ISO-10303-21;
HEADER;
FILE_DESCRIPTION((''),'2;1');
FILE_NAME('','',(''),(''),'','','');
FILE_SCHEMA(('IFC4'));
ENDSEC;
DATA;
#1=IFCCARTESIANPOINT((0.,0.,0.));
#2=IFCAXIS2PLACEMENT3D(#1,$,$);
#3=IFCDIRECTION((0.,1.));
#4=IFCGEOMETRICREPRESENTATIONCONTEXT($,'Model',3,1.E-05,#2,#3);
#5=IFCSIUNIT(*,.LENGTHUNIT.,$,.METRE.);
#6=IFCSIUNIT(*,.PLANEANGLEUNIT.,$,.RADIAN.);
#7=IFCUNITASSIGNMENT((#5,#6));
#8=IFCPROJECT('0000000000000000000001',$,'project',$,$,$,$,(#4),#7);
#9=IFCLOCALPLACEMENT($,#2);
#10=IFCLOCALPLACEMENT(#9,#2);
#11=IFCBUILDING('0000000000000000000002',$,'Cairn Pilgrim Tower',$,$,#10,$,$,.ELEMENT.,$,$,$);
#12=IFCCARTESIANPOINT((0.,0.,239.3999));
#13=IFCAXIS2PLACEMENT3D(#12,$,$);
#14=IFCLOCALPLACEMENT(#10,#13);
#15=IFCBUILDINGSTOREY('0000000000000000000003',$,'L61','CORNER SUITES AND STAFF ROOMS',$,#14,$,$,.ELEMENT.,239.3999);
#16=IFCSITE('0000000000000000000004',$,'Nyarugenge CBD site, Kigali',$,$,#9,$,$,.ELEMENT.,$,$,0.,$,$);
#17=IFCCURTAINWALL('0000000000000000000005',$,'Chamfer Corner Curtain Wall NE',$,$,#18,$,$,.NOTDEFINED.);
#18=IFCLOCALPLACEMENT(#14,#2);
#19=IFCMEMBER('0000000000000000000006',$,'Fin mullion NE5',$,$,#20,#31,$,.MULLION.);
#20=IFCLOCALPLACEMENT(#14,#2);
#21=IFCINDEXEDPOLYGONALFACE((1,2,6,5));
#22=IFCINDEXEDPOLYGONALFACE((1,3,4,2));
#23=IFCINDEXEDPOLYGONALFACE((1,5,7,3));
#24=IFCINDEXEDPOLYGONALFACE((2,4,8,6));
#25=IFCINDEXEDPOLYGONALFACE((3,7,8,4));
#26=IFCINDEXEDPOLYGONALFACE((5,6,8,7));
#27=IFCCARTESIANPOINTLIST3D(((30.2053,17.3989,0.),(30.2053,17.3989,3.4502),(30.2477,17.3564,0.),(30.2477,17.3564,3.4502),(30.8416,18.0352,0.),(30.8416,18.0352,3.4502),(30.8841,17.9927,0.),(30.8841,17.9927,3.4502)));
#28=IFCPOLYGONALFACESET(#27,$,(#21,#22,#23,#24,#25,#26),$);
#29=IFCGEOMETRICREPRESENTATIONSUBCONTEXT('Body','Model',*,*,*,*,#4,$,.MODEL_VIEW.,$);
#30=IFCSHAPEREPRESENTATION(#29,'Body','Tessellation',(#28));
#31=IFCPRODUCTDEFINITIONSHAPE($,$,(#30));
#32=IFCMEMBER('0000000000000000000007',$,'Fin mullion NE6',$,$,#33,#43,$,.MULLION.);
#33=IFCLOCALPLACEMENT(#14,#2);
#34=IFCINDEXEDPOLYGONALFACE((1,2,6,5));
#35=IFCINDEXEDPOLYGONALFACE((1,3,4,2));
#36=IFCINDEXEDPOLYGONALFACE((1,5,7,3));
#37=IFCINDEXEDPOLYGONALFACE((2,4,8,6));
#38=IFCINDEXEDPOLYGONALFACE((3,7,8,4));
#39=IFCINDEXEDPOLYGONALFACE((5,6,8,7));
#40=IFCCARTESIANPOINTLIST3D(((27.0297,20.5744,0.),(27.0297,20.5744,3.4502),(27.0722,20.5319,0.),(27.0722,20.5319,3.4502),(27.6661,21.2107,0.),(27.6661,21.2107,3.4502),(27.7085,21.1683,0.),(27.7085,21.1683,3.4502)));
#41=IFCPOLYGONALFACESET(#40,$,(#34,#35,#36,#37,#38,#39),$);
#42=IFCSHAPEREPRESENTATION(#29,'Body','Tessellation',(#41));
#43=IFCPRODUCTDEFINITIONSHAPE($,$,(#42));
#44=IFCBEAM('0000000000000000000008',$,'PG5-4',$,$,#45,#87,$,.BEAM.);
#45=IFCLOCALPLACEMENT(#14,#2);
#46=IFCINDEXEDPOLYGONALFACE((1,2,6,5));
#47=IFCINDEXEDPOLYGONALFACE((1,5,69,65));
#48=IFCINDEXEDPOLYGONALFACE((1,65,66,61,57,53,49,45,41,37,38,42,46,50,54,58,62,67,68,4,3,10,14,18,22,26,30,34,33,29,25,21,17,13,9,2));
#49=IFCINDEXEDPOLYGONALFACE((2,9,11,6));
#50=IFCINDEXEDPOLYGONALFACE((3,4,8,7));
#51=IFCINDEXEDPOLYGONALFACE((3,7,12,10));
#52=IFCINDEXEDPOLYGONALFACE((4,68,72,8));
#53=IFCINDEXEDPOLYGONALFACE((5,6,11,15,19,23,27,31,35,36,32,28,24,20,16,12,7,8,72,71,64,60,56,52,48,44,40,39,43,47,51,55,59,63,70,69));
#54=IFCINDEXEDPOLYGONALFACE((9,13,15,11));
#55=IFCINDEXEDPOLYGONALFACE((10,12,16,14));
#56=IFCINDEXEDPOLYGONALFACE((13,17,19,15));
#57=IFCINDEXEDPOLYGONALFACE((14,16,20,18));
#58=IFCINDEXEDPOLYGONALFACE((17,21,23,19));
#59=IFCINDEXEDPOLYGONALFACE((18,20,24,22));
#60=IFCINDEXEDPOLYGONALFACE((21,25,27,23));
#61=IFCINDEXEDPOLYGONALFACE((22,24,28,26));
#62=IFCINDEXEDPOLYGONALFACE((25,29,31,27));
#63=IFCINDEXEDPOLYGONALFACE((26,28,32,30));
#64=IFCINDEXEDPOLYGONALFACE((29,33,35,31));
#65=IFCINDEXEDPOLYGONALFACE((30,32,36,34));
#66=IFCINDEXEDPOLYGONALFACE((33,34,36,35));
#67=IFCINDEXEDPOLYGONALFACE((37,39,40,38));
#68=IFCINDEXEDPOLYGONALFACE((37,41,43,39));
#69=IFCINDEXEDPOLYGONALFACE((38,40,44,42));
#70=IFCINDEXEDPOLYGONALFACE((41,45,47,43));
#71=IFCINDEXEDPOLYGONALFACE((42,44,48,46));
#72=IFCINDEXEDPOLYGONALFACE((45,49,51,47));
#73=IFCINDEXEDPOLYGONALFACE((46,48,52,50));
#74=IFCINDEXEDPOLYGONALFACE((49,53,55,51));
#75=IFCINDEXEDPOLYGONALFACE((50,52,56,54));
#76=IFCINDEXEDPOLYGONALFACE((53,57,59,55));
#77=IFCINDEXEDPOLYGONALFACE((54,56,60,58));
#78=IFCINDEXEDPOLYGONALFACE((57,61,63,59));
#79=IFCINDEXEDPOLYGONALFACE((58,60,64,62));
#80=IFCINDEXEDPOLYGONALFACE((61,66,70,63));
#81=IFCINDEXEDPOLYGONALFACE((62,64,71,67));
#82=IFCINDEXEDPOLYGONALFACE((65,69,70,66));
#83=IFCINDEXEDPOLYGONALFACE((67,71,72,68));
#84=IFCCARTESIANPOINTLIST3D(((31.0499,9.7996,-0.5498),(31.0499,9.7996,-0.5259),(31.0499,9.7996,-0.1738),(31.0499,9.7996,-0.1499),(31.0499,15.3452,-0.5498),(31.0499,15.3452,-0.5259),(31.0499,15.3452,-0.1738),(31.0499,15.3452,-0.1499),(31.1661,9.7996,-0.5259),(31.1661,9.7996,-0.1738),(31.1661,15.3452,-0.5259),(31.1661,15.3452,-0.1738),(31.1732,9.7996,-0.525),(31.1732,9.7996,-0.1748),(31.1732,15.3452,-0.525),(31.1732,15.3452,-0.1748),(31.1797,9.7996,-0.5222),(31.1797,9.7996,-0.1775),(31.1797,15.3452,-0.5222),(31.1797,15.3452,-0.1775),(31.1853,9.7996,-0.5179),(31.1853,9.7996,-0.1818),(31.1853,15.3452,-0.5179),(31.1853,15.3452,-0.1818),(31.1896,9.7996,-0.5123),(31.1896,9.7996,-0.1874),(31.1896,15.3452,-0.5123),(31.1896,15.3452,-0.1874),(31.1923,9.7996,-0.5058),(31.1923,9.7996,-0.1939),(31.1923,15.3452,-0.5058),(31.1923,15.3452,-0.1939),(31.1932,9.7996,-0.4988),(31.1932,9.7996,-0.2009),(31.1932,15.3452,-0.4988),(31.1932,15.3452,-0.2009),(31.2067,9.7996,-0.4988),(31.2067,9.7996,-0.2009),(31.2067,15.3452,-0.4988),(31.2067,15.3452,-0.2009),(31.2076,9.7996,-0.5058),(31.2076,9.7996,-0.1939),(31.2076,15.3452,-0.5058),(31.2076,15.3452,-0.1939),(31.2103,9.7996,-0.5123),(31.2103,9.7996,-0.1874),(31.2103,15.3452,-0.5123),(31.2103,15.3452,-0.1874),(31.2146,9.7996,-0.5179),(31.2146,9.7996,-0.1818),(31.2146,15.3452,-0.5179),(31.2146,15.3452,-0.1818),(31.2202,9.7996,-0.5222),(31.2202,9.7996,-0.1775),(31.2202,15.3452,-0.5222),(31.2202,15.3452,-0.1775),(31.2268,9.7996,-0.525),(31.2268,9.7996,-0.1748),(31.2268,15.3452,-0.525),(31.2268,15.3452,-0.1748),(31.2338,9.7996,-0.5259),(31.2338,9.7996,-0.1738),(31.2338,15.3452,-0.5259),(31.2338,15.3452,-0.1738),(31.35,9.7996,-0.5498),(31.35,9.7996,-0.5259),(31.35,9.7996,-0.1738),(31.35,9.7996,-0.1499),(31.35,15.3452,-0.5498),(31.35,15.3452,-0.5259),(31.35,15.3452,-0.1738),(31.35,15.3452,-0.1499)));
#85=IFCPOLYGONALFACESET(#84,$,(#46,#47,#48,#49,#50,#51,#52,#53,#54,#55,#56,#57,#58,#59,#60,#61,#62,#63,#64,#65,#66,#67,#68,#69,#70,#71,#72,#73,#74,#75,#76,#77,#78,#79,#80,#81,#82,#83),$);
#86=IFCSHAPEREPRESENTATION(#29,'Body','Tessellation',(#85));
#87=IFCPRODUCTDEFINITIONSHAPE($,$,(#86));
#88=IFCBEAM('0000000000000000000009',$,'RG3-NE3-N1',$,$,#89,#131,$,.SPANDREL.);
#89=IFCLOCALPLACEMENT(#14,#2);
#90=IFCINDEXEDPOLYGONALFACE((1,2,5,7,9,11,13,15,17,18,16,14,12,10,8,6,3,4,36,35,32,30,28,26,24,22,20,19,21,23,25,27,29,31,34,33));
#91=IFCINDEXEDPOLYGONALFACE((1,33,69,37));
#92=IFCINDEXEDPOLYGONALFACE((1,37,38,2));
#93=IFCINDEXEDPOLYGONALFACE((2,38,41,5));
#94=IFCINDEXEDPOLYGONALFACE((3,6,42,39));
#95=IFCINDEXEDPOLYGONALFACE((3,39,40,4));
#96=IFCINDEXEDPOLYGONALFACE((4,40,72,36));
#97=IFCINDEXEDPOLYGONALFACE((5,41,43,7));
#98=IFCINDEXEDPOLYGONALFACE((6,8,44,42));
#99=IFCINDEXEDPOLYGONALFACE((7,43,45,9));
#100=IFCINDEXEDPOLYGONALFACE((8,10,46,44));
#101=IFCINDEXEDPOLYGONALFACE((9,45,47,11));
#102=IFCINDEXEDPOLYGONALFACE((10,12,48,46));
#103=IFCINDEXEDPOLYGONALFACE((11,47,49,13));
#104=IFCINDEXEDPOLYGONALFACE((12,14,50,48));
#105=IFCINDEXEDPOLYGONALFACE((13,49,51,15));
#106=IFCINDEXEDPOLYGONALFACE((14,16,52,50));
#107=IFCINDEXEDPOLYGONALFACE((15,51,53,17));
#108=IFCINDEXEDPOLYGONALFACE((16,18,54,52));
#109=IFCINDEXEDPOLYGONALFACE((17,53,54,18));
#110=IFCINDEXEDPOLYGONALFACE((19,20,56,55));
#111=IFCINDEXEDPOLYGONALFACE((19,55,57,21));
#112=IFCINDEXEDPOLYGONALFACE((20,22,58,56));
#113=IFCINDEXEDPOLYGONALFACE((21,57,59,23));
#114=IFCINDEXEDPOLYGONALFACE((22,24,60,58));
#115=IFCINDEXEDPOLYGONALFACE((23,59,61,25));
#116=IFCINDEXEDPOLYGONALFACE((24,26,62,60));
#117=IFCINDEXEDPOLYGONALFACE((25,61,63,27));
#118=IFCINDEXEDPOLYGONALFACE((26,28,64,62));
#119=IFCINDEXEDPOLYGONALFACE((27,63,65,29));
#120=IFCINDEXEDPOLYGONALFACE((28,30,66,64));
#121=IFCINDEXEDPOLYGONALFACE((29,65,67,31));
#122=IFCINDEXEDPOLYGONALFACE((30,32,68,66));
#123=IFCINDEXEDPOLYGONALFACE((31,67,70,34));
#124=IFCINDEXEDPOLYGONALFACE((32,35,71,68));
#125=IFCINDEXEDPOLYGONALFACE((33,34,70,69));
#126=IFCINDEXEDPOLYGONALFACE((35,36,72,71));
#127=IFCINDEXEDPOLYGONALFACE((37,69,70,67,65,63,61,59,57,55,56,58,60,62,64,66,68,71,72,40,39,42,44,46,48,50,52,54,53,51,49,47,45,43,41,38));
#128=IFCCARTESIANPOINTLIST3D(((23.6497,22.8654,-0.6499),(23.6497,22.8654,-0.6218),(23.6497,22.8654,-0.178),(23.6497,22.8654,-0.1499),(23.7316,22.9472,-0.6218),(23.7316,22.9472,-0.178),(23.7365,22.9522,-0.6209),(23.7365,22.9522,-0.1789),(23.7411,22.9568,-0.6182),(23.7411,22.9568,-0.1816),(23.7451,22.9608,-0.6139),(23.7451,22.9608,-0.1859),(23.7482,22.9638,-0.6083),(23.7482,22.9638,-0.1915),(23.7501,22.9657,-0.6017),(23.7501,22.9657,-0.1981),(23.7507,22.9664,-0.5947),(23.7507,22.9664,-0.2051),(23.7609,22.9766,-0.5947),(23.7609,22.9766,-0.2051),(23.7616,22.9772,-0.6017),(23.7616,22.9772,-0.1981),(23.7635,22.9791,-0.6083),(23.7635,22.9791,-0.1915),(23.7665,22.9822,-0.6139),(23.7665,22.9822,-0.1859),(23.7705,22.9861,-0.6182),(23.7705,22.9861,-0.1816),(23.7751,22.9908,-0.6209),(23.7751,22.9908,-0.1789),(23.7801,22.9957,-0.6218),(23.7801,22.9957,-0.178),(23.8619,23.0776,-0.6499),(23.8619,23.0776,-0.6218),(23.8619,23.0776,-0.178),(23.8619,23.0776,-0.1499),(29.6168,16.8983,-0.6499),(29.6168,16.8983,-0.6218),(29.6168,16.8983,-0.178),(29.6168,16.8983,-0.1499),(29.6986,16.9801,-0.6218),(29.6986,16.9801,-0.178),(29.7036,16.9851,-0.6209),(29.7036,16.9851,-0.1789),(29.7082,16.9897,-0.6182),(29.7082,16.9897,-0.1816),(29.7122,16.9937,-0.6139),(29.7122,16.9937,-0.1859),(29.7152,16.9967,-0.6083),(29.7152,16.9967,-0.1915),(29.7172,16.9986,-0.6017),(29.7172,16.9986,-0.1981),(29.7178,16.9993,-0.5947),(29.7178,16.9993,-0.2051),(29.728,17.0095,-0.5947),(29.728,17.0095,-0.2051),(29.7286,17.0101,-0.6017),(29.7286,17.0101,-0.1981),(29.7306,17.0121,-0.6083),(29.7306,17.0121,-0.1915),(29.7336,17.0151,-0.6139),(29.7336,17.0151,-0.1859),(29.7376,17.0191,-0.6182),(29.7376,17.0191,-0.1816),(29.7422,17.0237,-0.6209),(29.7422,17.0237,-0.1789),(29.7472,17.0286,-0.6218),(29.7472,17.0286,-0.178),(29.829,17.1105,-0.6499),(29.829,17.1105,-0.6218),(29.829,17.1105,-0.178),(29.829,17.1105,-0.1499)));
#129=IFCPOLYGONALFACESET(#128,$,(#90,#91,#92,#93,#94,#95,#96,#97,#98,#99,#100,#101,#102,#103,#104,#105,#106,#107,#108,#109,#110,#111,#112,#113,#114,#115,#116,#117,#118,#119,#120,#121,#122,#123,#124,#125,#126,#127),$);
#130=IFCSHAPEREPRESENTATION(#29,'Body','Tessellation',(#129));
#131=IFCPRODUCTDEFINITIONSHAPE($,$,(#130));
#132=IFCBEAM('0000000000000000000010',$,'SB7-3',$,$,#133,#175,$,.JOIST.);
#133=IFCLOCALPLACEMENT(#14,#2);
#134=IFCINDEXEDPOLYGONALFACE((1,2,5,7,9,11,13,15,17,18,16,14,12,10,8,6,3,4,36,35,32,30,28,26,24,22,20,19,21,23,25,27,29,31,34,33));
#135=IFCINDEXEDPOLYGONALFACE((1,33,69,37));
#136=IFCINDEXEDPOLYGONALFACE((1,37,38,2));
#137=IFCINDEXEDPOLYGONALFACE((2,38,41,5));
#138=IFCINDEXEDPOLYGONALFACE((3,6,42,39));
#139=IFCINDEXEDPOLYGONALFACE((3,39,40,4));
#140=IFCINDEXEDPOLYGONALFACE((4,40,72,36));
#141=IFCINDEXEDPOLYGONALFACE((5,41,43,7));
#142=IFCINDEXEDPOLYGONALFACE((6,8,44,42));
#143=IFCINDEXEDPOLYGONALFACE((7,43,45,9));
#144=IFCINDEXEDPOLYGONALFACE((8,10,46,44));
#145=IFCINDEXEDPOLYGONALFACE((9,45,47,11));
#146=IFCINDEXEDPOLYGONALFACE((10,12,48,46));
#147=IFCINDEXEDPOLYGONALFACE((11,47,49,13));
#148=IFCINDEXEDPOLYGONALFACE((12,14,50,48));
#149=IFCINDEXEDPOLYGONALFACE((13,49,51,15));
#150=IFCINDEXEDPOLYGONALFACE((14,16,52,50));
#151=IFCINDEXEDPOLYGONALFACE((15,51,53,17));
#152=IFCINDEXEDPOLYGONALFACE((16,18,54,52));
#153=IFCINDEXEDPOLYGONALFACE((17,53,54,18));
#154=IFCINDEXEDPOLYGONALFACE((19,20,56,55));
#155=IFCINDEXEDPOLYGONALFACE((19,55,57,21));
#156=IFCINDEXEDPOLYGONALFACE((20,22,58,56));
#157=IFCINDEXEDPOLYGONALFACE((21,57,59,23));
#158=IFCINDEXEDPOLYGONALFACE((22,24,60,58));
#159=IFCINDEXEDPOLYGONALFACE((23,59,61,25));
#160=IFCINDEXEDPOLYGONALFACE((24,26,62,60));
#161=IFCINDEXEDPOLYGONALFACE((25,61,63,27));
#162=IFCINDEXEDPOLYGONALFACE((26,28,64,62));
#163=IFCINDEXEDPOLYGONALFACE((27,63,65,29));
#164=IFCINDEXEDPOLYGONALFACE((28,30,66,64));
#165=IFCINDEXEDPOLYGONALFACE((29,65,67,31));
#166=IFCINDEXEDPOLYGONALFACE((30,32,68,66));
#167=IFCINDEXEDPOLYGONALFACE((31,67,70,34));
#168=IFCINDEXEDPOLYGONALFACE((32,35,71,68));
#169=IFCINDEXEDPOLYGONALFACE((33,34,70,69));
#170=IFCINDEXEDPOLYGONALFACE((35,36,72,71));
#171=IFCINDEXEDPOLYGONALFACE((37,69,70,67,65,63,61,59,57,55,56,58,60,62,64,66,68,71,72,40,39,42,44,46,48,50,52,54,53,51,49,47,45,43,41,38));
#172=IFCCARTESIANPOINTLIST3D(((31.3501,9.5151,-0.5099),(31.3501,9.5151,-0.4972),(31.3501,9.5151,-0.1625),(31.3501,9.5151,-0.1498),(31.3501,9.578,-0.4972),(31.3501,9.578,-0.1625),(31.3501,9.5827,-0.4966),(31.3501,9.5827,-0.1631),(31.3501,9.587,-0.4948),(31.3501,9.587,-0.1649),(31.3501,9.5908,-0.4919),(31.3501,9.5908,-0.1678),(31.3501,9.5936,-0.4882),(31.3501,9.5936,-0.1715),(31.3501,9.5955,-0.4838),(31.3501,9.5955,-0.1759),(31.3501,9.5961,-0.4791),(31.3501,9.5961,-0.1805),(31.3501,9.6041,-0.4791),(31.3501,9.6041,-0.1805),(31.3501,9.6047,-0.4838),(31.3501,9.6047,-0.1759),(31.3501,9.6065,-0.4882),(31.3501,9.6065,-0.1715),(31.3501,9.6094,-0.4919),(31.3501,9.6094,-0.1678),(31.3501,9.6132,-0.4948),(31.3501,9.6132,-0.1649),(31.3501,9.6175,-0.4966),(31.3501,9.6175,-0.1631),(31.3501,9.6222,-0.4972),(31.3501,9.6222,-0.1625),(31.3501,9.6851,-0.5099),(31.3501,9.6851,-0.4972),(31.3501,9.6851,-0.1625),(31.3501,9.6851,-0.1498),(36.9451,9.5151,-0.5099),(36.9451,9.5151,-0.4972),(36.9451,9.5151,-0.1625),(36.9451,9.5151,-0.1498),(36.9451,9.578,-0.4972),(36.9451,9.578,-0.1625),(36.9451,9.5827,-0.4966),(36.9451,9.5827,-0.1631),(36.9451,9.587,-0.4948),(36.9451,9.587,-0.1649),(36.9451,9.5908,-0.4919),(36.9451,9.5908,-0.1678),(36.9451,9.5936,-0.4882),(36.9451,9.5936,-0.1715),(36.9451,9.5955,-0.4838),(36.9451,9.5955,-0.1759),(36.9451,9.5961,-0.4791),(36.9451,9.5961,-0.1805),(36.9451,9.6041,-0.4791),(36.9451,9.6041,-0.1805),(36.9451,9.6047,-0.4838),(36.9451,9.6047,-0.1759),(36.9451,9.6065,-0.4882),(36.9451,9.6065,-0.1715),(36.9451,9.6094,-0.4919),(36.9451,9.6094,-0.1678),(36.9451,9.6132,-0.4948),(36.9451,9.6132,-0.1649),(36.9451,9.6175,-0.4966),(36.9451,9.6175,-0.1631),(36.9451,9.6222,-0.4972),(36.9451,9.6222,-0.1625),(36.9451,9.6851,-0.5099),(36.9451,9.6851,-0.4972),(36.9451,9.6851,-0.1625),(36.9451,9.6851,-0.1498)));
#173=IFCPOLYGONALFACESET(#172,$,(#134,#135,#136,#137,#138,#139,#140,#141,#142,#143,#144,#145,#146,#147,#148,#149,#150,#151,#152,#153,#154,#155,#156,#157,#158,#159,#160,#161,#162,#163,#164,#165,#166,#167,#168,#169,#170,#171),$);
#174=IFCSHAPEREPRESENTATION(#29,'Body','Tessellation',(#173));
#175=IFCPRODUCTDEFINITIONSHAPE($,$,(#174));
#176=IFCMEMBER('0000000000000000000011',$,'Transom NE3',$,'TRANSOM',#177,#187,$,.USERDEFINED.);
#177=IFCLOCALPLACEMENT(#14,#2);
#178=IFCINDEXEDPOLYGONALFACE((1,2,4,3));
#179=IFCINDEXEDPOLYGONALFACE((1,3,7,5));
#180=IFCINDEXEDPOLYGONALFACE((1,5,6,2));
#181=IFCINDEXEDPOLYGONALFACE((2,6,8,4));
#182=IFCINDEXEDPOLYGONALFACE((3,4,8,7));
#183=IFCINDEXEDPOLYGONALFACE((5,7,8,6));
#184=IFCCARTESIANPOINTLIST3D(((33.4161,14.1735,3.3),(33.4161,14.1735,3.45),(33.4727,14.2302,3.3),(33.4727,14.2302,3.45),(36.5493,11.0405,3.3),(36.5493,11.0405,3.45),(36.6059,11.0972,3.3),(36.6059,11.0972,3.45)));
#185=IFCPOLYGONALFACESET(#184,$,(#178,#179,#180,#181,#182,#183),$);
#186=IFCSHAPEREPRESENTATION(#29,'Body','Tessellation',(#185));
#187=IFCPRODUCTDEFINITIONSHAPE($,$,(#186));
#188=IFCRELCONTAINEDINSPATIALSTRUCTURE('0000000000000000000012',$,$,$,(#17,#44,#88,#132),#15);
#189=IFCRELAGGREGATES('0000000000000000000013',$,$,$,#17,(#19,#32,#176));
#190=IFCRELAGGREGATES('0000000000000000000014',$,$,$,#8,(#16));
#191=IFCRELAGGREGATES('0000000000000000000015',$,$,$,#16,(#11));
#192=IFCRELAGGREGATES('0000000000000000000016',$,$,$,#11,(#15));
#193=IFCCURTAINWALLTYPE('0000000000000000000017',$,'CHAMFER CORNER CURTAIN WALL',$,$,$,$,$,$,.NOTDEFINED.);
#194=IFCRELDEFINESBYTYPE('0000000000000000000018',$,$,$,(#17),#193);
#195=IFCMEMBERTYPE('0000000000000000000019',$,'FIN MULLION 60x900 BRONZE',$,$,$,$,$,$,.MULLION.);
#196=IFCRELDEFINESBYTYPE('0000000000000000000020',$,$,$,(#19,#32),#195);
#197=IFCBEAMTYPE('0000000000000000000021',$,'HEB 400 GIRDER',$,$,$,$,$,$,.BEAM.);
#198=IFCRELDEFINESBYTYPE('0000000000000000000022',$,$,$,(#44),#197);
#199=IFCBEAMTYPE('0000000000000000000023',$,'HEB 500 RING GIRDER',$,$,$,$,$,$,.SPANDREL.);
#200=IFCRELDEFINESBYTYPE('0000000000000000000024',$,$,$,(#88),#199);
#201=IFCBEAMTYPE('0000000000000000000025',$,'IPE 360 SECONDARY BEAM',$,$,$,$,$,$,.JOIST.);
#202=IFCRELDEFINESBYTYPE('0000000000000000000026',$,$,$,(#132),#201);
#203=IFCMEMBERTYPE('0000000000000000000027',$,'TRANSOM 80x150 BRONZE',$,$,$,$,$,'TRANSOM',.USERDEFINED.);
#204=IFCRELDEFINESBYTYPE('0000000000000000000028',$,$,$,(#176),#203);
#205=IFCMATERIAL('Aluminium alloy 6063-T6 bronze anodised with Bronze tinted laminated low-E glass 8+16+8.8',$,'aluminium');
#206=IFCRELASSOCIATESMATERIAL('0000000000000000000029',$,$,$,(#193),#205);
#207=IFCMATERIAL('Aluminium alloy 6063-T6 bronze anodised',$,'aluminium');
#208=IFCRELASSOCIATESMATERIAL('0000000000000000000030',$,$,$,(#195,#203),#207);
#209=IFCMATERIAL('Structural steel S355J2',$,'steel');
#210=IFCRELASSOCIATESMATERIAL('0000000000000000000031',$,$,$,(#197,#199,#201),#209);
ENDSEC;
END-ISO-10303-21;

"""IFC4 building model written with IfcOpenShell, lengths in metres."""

from ifc_helpers import new_model, si_unit, direction, frame, origin, origin_2d, place, context, subcontext, project, spatial, rectangle, i_section, extrude, material, material_profile, profile_set, type_object, element, aggregate, save


model = new_model("IFC4")

# Units and contexts
model_context = context("Model", 3, precision=1e-05, world=origin(), true_north=direction((0.0, 1.0)))
body_context = subcontext(model_context, "Body", "Model", "MODEL_VIEW")
ifc_project = project(units=[si_unit("LENGTHUNIT", "METRE"), si_unit("PLANEANGLEUNIT", "RADIAN")], contexts=[model_context])

# Site, building, storey
site_placement = place(None, origin())
site = spatial("IfcSite", under=ifc_project, at=site_placement, Name="Nyarugenge CBD site, Kigali", CompositionType="ELEMENT", RefElevation=0.0)
building_placement = place(site_placement, origin())
building = spatial("IfcBuilding", under=site, at=building_placement, Name="Cairn Pilgrim Tower", CompositionType="ELEMENT")
storey_placement = place(building_placement, frame((0.0, 0.0, 239.3999)))
storey = spatial("IfcBuildingStorey", under=building, at=storey_placement, Name="L61", Description="CORNER SUITES AND STAFF ROOMS", CompositionType="ELEMENT", Elevation=239.3999)

# Shared definitions
ifc_material_1 = material(Name="Structural steel S355J2", Category="steel")

# Curtain wall, members
ifc_material_2 = material(Name="Aluminium alloy 6063-T6 bronze anodised with Bronze tinted laminated low-E glass 8+16+8.8", Category="aluminium")
curtain_wall_type = type_object("IfcCurtainWallType", Name="CHAMFER CORNER CURTAIN WALL", PredefinedType="NOTDEFINED", material=ifc_material_2)
curtain_wall_placement = place(storey_placement, origin())
curtain_wall = element("IfcCurtainWall", 1, at=curtain_wall_placement, inside=storey, type_object=curtain_wall_type, Name="Chamfer Corner Curtain Wall NE", PredefinedType="NOTDEFINED")
ifc_material_3 = material(Name="Aluminium alloy 6063-T6 bronze anodised", Category="aluminium")
ifc_material_profile_1 = material_profile(ifc_material_3, rectangle(XDim=0.8999, YDim=0.0601, at=origin_2d()), Name="FIN MULLION 60x900 BRONZE")
ifc_profile_set_1 = profile_set([ifc_material_profile_1], Name="Aluminium alloy 6063-T6 bronze anodised")
member_type_1 = type_object("IfcMemberType", Name="FIN MULLION 60x900 BRONZE", PredefinedType="MULLION", material=ifc_profile_set_1)
member_1_placement = place(storey_placement, frame((30.5447, 17.6958, 0.0), z_axis=(0.0, 0.0, 1.0), x_axis=(0.707107, 0.707107, 0.0)))
member_1 = element("IfcMember", 2, at=member_1_placement, type_object=member_type_1, Name="Fin mullion NE5", PredefinedType="MULLION", context=body_context, shape_type="SweptSolid", body=[
    extrude(rectangle(XDim=0.8999, YDim=0.0601, at=origin_2d()), origin(), (0.0, 0.0, 1.0), 3.4502),
])
member_2_placement = place(storey_placement, frame((27.3691, 20.8713, 0.0), z_axis=(0.0, 0.0, 1.0), x_axis=(0.707107, 0.707107, 0.0)))
member_2 = element("IfcMember", 3, at=member_2_placement, type_object=member_type_1, Name="Fin mullion NE6", PredefinedType="MULLION", context=body_context, shape_type="SweptSolid", body=[
    extrude(rectangle(XDim=0.8999, YDim=0.0601, at=origin_2d()), origin(), (0.0, 0.0, 1.0), 3.4502),
])

# Beams
ifc_material_profile_2 = material_profile(ifc_material_1, i_section(OverallWidth=0.3, OverallDepth=0.3999, WebThickness=0.0134, FlangeThickness=0.0239, FilletRadius=0.0271, at=origin_2d()), Name="HEB 400")
ifc_profile_set_2 = profile_set([ifc_material_profile_2], Name="Structural steel S355J2")
beam_type_1 = type_object("IfcBeamType", Name="HEB 400 GIRDER", PredefinedType="BEAM", material=ifc_profile_set_2)
beam_1_placement = place(storey_placement, frame((31.2, 9.7996, -0.3499), z_axis=(0.0, 1.0, 0.0), x_axis=(-1.0, 0.0, 0.0)))
element("IfcBeam", 4, at=beam_1_placement, inside=storey, type_object=beam_type_1, Name="PG5-4", PredefinedType="BEAM", context=body_context, shape_type="SweptSolid", body=[
    extrude(i_section(OverallWidth=0.3, OverallDepth=0.3999, WebThickness=0.0134, FlangeThickness=0.0239, FilletRadius=0.0271, at=origin_2d()), origin(), (0.0, 0.0, 1.0), 5.5457),
])
ifc_material_profile_3 = material_profile(ifc_material_1, i_section(OverallWidth=0.3, OverallDepth=0.5, WebThickness=0.0144, FlangeThickness=0.0281, FilletRadius=0.0271, at=origin_2d()), Name="HEB 500")
ifc_profile_set_3 = profile_set([ifc_material_profile_3], Name="Structural steel S355J2")
beam_type_2 = type_object("IfcBeamType", Name="HEB 500 RING GIRDER", PredefinedType="SPANDREL", material=ifc_profile_set_3)
beam_2_placement = place(storey_placement, frame((29.7229, 17.0044, -0.3999), z_axis=(-0.707107, 0.707107, 0.0), x_axis=(-0.707107, -0.707107, 0.0)))
element("IfcBeam", 5, at=beam_2_placement, inside=storey, type_object=beam_type_2, Name="RG3-NE3-N1", PredefinedType="SPANDREL", context=body_context, shape_type="SweptSolid", body=[
    extrude(i_section(OverallWidth=0.3, OverallDepth=0.5, WebThickness=0.0144, FlangeThickness=0.0281, FilletRadius=0.0271, at=origin_2d()), origin(), (0.0, 0.0, 1.0), 8.4387),
])
ifc_material_profile_4 = material_profile(ifc_material_1, i_section(OverallWidth=0.1699, OverallDepth=0.3601, WebThickness=0.0081, FlangeThickness=0.0127, FilletRadius=0.0181, at=origin_2d()), Name="IPE 360")
ifc_profile_set_4 = profile_set([ifc_material_profile_4], Name="Structural steel S355J2")
beam_type_3 = type_object("IfcBeamType", Name="IPE 360 SECONDARY BEAM", PredefinedType="JOIST", material=ifc_profile_set_4)
beam_3_placement = place(storey_placement, frame((31.3501, 9.6001, -0.3298), z_axis=(1.0, 0.0, 0.0), x_axis=(0.0, 1.0, 0.0)))
element("IfcBeam", 6, at=beam_3_placement, inside=storey, type_object=beam_type_3, Name="SB7-3", PredefinedType="JOIST", context=body_context, shape_type="SweptSolid", body=[
    extrude(i_section(OverallWidth=0.1699, OverallDepth=0.3601, WebThickness=0.0081, FlangeThickness=0.0127, FilletRadius=0.0181, at=origin_2d()), origin(), (0.0, 0.0, 1.0), 5.595),
])

# Member
ifc_material_profile_5 = material_profile(ifc_material_3, rectangle(XDim=0.0801, YDim=0.1499, at=origin_2d()), Name="TRANSOM 80x150 BRONZE")
ifc_profile_set_5 = profile_set([ifc_material_profile_5], Name="Aluminium alloy 6063-T6 bronze anodised")
member_type_2 = type_object("IfcMemberType", Name="TRANSOM 80x150 BRONZE", ElementType="TRANSOM", PredefinedType="USERDEFINED", material=ifc_profile_set_5)
member_3_placement = place(storey_placement, frame((36.5776, 11.0688, 3.375), z_axis=(-0.707134, 0.707079, 0.0), x_axis=(-0.707079, -0.707134, 0.0)))
member_3 = element("IfcMember", 7, at=member_3_placement, type_object=member_type_2, Name="Transom NE3", ObjectType="TRANSOM", PredefinedType="USERDEFINED", context=body_context, shape_type="SweptSolid", body=[
    extrude(rectangle(XDim=0.0801, YDim=0.1499, at=origin_2d()), origin(), (0.0, 0.0, 1.0), 4.4309),
])

aggregate(curtain_wall, [member_1, member_2, member_3])

save(model, "model.ifc")
